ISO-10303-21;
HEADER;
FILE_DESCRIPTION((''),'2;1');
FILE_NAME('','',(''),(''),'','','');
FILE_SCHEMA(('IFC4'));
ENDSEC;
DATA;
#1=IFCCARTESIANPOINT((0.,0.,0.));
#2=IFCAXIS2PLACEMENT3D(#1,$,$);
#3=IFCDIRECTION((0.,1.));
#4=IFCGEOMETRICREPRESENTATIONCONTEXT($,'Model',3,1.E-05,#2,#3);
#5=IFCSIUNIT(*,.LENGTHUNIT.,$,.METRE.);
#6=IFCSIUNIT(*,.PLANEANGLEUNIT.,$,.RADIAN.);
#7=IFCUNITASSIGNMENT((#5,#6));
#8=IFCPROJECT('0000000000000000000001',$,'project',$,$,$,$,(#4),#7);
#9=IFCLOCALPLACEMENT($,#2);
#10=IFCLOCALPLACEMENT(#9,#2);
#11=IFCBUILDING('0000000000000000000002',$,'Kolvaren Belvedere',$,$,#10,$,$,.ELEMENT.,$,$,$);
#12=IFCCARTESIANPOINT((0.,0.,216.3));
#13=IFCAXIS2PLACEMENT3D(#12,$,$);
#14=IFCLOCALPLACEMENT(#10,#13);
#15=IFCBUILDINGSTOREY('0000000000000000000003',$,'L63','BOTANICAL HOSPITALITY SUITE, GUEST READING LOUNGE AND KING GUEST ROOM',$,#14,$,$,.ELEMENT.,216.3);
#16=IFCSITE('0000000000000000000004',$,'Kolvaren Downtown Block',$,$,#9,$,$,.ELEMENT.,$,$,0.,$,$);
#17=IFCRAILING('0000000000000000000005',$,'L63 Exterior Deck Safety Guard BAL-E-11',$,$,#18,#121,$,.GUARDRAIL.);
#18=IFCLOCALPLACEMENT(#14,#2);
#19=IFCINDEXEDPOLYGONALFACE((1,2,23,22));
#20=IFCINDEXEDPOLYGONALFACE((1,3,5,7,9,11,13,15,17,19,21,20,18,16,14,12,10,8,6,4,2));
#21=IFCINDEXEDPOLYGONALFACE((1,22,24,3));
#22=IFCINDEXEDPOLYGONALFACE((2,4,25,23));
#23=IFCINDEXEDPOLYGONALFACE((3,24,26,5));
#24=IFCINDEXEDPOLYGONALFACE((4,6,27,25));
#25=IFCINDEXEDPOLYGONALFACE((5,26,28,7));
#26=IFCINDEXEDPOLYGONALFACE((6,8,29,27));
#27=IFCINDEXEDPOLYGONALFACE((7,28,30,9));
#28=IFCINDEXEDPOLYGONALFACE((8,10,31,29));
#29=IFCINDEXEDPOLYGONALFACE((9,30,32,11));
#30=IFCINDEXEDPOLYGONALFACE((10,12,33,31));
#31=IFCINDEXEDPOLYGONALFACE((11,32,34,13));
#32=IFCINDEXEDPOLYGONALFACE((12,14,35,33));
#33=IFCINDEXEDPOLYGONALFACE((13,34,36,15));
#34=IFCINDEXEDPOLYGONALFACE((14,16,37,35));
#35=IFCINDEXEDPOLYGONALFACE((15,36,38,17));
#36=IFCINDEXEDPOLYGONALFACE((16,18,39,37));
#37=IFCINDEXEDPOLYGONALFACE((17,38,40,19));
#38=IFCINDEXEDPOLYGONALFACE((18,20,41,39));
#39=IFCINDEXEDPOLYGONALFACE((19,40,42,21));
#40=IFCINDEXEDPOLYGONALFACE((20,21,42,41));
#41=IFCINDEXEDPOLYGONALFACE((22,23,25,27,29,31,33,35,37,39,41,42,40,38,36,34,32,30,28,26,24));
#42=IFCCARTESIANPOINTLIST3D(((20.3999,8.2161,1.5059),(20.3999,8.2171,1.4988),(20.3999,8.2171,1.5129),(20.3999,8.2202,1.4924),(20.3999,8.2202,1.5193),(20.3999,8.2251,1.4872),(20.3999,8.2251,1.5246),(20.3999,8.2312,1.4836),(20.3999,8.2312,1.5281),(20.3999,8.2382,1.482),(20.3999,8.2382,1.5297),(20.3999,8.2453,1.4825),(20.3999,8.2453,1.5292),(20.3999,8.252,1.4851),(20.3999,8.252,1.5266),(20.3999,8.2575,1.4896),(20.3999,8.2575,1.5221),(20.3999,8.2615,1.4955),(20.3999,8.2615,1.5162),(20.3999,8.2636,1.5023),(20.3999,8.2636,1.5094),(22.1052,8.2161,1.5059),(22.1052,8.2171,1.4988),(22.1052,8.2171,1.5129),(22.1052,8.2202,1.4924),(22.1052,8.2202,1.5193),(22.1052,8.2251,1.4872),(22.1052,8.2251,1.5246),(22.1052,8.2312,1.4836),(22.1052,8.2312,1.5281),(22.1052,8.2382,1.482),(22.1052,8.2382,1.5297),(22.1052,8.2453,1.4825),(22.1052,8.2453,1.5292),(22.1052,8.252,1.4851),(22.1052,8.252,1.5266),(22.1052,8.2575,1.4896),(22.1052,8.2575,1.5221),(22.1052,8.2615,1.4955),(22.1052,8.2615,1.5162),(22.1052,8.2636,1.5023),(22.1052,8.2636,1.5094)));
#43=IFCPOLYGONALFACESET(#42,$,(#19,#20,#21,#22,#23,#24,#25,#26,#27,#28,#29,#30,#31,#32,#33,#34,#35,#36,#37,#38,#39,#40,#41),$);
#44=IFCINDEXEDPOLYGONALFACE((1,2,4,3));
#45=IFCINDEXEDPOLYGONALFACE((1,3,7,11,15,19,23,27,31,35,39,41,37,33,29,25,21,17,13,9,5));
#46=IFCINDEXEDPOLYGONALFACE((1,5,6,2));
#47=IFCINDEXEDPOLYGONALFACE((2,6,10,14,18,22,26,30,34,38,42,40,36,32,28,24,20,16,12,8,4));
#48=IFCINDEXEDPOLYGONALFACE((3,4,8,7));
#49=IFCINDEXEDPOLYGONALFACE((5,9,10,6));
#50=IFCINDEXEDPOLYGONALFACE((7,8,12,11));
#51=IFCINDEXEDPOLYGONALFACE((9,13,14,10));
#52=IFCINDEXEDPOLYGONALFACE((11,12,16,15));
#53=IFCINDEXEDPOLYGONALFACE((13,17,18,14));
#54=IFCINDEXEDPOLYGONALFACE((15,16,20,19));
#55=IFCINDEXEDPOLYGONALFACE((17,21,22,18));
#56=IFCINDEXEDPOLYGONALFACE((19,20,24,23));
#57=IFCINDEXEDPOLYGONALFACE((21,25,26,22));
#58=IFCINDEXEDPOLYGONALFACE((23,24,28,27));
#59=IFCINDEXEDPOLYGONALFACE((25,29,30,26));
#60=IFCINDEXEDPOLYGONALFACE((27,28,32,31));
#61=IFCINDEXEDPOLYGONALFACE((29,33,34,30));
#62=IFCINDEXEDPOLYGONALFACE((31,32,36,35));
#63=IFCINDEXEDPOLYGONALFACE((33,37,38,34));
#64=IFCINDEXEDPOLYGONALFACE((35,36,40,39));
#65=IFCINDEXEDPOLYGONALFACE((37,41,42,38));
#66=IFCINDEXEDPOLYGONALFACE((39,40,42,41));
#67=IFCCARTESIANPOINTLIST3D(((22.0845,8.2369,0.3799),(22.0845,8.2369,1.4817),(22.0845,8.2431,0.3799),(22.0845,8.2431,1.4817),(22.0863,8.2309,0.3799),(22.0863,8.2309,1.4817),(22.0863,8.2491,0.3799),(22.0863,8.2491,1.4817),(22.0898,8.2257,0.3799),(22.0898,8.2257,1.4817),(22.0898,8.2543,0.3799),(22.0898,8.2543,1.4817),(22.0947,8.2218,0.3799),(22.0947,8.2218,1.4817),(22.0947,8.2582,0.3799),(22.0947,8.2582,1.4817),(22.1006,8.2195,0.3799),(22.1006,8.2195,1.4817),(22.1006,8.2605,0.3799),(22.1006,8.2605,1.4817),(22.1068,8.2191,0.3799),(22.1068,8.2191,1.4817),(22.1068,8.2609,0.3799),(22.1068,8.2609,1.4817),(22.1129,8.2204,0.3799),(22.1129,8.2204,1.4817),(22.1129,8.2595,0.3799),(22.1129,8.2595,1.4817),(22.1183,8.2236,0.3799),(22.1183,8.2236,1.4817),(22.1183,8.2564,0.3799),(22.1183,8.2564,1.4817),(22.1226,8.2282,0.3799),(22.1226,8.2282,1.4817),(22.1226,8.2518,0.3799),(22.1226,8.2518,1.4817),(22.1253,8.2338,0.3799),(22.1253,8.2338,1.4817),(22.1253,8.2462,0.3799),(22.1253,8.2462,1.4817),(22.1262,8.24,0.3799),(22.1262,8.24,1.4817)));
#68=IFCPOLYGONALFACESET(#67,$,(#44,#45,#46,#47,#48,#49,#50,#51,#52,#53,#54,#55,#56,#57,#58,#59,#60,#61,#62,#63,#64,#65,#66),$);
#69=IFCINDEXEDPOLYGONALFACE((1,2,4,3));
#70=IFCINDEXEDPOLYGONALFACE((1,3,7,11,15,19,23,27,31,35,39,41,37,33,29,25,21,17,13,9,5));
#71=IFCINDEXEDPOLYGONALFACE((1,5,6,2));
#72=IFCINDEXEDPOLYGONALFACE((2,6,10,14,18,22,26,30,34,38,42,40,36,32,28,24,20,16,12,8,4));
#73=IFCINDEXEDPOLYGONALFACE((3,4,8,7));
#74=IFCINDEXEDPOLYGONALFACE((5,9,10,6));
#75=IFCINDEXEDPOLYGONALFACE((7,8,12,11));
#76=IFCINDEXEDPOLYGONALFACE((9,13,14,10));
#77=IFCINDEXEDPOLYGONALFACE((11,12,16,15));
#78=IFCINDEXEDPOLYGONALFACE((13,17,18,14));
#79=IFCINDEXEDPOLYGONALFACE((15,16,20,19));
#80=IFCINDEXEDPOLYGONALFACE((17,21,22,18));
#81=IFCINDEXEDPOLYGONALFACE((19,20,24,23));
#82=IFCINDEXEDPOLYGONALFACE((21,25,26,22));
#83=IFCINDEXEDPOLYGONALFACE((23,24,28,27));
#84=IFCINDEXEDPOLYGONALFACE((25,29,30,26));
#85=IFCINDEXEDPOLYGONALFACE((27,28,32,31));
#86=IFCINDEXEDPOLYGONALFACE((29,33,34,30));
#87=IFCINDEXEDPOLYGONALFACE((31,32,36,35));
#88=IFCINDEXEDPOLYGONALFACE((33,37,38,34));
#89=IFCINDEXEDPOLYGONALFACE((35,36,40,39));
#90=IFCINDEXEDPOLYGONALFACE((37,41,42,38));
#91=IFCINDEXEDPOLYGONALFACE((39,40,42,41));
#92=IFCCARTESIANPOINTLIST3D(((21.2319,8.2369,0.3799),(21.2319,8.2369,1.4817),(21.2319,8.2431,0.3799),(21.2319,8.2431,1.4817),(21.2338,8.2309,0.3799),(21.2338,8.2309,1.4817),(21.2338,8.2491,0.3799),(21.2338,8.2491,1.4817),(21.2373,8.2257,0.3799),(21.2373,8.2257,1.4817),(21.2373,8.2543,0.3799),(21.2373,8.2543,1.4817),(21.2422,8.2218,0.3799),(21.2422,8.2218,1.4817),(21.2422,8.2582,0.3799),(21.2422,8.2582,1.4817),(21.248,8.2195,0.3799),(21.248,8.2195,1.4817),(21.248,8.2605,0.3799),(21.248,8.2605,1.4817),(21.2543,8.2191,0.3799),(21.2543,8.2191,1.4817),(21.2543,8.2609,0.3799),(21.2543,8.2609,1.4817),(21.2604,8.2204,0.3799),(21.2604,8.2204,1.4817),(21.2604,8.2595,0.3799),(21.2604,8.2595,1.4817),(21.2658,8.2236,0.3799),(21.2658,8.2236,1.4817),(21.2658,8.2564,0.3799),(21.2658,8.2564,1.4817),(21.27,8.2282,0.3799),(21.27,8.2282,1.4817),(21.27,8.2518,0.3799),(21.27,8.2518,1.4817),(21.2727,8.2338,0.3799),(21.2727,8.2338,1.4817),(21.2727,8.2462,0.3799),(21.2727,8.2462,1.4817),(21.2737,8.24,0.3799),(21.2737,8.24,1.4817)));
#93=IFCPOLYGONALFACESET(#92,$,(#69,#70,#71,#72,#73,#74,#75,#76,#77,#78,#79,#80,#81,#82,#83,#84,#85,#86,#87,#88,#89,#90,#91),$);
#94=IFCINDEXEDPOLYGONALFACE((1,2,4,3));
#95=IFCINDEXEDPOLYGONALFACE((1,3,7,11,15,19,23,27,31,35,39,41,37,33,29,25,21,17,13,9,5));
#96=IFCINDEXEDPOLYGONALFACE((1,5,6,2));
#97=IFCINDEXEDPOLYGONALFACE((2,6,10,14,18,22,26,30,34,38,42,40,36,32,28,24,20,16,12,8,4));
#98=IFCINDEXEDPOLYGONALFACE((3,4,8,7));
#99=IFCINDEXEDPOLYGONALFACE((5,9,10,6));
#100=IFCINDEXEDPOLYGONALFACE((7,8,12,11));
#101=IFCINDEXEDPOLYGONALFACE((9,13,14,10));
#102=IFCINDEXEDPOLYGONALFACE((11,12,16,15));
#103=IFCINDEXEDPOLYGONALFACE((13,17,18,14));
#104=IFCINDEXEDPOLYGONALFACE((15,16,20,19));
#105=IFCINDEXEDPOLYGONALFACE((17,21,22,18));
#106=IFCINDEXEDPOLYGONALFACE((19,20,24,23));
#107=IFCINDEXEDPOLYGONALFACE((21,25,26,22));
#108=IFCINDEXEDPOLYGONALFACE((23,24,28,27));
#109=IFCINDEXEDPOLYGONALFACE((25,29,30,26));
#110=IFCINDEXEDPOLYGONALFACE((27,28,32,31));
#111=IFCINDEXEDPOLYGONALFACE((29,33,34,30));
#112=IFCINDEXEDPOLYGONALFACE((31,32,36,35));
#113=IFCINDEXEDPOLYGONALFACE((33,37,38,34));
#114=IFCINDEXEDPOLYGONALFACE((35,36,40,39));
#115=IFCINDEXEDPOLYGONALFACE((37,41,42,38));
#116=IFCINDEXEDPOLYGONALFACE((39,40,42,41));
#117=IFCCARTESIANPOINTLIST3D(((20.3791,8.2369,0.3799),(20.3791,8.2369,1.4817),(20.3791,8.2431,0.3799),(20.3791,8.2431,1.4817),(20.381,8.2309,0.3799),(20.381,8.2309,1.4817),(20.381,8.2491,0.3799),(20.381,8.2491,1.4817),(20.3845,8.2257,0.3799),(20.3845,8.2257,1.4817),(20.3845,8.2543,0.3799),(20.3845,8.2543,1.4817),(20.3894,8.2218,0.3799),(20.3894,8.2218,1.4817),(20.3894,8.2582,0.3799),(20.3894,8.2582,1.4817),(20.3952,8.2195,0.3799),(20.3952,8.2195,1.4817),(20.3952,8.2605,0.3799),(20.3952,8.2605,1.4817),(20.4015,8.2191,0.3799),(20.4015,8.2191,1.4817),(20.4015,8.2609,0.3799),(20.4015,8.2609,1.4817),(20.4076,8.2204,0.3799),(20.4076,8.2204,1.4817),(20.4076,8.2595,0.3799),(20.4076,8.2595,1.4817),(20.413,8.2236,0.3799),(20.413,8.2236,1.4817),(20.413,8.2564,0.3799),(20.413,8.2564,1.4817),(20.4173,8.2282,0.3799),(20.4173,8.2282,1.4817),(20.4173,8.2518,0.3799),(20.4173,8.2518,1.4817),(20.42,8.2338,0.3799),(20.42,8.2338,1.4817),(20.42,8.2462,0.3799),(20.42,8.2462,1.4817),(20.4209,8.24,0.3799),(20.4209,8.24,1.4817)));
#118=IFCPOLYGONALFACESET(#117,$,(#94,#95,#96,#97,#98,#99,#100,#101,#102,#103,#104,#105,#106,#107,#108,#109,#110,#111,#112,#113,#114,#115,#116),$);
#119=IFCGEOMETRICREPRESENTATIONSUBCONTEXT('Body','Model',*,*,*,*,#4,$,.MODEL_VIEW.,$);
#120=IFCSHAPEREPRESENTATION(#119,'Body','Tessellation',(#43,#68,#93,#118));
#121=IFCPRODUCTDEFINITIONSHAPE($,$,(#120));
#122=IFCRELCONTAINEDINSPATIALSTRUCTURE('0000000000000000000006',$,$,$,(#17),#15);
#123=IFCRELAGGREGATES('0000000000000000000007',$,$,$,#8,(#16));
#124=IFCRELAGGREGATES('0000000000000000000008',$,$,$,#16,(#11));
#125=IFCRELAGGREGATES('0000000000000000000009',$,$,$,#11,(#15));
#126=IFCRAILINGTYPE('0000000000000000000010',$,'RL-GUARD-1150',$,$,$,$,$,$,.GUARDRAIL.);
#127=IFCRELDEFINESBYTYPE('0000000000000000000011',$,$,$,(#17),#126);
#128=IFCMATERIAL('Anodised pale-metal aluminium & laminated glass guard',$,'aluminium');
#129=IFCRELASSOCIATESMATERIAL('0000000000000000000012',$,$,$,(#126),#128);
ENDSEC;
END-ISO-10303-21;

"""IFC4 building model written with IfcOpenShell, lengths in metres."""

from ifc_helpers import new_model, si_unit, direction, frame, origin, origin_2d, place, context, subcontext, project, spatial, circle, extrude, material, type_object, element, save


model = new_model("IFC4")

# Units and contexts
model_context = context("Model", 3, precision=1e-05, world=origin(), true_north=direction((0.0, 1.0)))
body_context = subcontext(model_context, "Body", "Model", "MODEL_VIEW")
ifc_project = project(units=[si_unit("LENGTHUNIT", "METRE"), si_unit("PLANEANGLEUNIT", "RADIAN")], contexts=[model_context])

# Site, building, storey
site_placement = place(None, origin())
site = spatial("IfcSite", under=ifc_project, at=site_placement, Name="Kolvaren Downtown Block", CompositionType="ELEMENT", RefElevation=0.0)
building_placement = place(site_placement, origin())
building = spatial("IfcBuilding", under=site, at=building_placement, Name="Kolvaren Belvedere", CompositionType="ELEMENT")
storey_placement = place(building_placement, frame((0.0, 0.0, 216.3)))
storey = spatial("IfcBuildingStorey", under=building, at=storey_placement, Name="L63", Description="BOTANICAL HOSPITALITY SUITE, GUEST READING LOUNGE AND KING GUEST ROOM", CompositionType="ELEMENT", Elevation=216.3)

# Railing
ifc_material_1 = material(Name="Anodised pale-metal aluminium & laminated glass guard", Category="aluminium")
railing_type = type_object("IfcRailingType", Name="RL-GUARD-1150", PredefinedType="GUARDRAIL", material=ifc_material_1)
railing_1_placement = place(storey_placement, frame((22.1052, 8.24, 0.3799)))
element("IfcRailing", 1, at=railing_1_placement, inside=storey, type_object=railing_type, Name="L63 Exterior Deck Safety Guard BAL-E-11", PredefinedType="GUARDRAIL", context=body_context, shape_type="SweptSolid", body=[
    extrude(circle(Radius=0.0239, at=origin_2d()), frame((0.0, 0.0, 1.126), z_axis=(-1.0, 0.0, 0.0), x_axis=(0.0, -1.0, 0.0)), (0.0, 0.0, 1.0), 1.7053),
    extrude(circle(Radius=0.021, at=origin_2d()), origin(), (0.0, 0.0, 1.0), 1.1018),
    extrude(circle(Radius=0.021, at=origin_2d()), frame((-0.8525, 0.0, 0.0)), (0.0, 0.0, 1.0), 1.1018),
    extrude(circle(Radius=0.021, at=origin_2d()), frame((-1.7053, 0.0, 0.0)), (0.0, 0.0, 1.0), 1.1018),
])

save(model, "model.ifc")
